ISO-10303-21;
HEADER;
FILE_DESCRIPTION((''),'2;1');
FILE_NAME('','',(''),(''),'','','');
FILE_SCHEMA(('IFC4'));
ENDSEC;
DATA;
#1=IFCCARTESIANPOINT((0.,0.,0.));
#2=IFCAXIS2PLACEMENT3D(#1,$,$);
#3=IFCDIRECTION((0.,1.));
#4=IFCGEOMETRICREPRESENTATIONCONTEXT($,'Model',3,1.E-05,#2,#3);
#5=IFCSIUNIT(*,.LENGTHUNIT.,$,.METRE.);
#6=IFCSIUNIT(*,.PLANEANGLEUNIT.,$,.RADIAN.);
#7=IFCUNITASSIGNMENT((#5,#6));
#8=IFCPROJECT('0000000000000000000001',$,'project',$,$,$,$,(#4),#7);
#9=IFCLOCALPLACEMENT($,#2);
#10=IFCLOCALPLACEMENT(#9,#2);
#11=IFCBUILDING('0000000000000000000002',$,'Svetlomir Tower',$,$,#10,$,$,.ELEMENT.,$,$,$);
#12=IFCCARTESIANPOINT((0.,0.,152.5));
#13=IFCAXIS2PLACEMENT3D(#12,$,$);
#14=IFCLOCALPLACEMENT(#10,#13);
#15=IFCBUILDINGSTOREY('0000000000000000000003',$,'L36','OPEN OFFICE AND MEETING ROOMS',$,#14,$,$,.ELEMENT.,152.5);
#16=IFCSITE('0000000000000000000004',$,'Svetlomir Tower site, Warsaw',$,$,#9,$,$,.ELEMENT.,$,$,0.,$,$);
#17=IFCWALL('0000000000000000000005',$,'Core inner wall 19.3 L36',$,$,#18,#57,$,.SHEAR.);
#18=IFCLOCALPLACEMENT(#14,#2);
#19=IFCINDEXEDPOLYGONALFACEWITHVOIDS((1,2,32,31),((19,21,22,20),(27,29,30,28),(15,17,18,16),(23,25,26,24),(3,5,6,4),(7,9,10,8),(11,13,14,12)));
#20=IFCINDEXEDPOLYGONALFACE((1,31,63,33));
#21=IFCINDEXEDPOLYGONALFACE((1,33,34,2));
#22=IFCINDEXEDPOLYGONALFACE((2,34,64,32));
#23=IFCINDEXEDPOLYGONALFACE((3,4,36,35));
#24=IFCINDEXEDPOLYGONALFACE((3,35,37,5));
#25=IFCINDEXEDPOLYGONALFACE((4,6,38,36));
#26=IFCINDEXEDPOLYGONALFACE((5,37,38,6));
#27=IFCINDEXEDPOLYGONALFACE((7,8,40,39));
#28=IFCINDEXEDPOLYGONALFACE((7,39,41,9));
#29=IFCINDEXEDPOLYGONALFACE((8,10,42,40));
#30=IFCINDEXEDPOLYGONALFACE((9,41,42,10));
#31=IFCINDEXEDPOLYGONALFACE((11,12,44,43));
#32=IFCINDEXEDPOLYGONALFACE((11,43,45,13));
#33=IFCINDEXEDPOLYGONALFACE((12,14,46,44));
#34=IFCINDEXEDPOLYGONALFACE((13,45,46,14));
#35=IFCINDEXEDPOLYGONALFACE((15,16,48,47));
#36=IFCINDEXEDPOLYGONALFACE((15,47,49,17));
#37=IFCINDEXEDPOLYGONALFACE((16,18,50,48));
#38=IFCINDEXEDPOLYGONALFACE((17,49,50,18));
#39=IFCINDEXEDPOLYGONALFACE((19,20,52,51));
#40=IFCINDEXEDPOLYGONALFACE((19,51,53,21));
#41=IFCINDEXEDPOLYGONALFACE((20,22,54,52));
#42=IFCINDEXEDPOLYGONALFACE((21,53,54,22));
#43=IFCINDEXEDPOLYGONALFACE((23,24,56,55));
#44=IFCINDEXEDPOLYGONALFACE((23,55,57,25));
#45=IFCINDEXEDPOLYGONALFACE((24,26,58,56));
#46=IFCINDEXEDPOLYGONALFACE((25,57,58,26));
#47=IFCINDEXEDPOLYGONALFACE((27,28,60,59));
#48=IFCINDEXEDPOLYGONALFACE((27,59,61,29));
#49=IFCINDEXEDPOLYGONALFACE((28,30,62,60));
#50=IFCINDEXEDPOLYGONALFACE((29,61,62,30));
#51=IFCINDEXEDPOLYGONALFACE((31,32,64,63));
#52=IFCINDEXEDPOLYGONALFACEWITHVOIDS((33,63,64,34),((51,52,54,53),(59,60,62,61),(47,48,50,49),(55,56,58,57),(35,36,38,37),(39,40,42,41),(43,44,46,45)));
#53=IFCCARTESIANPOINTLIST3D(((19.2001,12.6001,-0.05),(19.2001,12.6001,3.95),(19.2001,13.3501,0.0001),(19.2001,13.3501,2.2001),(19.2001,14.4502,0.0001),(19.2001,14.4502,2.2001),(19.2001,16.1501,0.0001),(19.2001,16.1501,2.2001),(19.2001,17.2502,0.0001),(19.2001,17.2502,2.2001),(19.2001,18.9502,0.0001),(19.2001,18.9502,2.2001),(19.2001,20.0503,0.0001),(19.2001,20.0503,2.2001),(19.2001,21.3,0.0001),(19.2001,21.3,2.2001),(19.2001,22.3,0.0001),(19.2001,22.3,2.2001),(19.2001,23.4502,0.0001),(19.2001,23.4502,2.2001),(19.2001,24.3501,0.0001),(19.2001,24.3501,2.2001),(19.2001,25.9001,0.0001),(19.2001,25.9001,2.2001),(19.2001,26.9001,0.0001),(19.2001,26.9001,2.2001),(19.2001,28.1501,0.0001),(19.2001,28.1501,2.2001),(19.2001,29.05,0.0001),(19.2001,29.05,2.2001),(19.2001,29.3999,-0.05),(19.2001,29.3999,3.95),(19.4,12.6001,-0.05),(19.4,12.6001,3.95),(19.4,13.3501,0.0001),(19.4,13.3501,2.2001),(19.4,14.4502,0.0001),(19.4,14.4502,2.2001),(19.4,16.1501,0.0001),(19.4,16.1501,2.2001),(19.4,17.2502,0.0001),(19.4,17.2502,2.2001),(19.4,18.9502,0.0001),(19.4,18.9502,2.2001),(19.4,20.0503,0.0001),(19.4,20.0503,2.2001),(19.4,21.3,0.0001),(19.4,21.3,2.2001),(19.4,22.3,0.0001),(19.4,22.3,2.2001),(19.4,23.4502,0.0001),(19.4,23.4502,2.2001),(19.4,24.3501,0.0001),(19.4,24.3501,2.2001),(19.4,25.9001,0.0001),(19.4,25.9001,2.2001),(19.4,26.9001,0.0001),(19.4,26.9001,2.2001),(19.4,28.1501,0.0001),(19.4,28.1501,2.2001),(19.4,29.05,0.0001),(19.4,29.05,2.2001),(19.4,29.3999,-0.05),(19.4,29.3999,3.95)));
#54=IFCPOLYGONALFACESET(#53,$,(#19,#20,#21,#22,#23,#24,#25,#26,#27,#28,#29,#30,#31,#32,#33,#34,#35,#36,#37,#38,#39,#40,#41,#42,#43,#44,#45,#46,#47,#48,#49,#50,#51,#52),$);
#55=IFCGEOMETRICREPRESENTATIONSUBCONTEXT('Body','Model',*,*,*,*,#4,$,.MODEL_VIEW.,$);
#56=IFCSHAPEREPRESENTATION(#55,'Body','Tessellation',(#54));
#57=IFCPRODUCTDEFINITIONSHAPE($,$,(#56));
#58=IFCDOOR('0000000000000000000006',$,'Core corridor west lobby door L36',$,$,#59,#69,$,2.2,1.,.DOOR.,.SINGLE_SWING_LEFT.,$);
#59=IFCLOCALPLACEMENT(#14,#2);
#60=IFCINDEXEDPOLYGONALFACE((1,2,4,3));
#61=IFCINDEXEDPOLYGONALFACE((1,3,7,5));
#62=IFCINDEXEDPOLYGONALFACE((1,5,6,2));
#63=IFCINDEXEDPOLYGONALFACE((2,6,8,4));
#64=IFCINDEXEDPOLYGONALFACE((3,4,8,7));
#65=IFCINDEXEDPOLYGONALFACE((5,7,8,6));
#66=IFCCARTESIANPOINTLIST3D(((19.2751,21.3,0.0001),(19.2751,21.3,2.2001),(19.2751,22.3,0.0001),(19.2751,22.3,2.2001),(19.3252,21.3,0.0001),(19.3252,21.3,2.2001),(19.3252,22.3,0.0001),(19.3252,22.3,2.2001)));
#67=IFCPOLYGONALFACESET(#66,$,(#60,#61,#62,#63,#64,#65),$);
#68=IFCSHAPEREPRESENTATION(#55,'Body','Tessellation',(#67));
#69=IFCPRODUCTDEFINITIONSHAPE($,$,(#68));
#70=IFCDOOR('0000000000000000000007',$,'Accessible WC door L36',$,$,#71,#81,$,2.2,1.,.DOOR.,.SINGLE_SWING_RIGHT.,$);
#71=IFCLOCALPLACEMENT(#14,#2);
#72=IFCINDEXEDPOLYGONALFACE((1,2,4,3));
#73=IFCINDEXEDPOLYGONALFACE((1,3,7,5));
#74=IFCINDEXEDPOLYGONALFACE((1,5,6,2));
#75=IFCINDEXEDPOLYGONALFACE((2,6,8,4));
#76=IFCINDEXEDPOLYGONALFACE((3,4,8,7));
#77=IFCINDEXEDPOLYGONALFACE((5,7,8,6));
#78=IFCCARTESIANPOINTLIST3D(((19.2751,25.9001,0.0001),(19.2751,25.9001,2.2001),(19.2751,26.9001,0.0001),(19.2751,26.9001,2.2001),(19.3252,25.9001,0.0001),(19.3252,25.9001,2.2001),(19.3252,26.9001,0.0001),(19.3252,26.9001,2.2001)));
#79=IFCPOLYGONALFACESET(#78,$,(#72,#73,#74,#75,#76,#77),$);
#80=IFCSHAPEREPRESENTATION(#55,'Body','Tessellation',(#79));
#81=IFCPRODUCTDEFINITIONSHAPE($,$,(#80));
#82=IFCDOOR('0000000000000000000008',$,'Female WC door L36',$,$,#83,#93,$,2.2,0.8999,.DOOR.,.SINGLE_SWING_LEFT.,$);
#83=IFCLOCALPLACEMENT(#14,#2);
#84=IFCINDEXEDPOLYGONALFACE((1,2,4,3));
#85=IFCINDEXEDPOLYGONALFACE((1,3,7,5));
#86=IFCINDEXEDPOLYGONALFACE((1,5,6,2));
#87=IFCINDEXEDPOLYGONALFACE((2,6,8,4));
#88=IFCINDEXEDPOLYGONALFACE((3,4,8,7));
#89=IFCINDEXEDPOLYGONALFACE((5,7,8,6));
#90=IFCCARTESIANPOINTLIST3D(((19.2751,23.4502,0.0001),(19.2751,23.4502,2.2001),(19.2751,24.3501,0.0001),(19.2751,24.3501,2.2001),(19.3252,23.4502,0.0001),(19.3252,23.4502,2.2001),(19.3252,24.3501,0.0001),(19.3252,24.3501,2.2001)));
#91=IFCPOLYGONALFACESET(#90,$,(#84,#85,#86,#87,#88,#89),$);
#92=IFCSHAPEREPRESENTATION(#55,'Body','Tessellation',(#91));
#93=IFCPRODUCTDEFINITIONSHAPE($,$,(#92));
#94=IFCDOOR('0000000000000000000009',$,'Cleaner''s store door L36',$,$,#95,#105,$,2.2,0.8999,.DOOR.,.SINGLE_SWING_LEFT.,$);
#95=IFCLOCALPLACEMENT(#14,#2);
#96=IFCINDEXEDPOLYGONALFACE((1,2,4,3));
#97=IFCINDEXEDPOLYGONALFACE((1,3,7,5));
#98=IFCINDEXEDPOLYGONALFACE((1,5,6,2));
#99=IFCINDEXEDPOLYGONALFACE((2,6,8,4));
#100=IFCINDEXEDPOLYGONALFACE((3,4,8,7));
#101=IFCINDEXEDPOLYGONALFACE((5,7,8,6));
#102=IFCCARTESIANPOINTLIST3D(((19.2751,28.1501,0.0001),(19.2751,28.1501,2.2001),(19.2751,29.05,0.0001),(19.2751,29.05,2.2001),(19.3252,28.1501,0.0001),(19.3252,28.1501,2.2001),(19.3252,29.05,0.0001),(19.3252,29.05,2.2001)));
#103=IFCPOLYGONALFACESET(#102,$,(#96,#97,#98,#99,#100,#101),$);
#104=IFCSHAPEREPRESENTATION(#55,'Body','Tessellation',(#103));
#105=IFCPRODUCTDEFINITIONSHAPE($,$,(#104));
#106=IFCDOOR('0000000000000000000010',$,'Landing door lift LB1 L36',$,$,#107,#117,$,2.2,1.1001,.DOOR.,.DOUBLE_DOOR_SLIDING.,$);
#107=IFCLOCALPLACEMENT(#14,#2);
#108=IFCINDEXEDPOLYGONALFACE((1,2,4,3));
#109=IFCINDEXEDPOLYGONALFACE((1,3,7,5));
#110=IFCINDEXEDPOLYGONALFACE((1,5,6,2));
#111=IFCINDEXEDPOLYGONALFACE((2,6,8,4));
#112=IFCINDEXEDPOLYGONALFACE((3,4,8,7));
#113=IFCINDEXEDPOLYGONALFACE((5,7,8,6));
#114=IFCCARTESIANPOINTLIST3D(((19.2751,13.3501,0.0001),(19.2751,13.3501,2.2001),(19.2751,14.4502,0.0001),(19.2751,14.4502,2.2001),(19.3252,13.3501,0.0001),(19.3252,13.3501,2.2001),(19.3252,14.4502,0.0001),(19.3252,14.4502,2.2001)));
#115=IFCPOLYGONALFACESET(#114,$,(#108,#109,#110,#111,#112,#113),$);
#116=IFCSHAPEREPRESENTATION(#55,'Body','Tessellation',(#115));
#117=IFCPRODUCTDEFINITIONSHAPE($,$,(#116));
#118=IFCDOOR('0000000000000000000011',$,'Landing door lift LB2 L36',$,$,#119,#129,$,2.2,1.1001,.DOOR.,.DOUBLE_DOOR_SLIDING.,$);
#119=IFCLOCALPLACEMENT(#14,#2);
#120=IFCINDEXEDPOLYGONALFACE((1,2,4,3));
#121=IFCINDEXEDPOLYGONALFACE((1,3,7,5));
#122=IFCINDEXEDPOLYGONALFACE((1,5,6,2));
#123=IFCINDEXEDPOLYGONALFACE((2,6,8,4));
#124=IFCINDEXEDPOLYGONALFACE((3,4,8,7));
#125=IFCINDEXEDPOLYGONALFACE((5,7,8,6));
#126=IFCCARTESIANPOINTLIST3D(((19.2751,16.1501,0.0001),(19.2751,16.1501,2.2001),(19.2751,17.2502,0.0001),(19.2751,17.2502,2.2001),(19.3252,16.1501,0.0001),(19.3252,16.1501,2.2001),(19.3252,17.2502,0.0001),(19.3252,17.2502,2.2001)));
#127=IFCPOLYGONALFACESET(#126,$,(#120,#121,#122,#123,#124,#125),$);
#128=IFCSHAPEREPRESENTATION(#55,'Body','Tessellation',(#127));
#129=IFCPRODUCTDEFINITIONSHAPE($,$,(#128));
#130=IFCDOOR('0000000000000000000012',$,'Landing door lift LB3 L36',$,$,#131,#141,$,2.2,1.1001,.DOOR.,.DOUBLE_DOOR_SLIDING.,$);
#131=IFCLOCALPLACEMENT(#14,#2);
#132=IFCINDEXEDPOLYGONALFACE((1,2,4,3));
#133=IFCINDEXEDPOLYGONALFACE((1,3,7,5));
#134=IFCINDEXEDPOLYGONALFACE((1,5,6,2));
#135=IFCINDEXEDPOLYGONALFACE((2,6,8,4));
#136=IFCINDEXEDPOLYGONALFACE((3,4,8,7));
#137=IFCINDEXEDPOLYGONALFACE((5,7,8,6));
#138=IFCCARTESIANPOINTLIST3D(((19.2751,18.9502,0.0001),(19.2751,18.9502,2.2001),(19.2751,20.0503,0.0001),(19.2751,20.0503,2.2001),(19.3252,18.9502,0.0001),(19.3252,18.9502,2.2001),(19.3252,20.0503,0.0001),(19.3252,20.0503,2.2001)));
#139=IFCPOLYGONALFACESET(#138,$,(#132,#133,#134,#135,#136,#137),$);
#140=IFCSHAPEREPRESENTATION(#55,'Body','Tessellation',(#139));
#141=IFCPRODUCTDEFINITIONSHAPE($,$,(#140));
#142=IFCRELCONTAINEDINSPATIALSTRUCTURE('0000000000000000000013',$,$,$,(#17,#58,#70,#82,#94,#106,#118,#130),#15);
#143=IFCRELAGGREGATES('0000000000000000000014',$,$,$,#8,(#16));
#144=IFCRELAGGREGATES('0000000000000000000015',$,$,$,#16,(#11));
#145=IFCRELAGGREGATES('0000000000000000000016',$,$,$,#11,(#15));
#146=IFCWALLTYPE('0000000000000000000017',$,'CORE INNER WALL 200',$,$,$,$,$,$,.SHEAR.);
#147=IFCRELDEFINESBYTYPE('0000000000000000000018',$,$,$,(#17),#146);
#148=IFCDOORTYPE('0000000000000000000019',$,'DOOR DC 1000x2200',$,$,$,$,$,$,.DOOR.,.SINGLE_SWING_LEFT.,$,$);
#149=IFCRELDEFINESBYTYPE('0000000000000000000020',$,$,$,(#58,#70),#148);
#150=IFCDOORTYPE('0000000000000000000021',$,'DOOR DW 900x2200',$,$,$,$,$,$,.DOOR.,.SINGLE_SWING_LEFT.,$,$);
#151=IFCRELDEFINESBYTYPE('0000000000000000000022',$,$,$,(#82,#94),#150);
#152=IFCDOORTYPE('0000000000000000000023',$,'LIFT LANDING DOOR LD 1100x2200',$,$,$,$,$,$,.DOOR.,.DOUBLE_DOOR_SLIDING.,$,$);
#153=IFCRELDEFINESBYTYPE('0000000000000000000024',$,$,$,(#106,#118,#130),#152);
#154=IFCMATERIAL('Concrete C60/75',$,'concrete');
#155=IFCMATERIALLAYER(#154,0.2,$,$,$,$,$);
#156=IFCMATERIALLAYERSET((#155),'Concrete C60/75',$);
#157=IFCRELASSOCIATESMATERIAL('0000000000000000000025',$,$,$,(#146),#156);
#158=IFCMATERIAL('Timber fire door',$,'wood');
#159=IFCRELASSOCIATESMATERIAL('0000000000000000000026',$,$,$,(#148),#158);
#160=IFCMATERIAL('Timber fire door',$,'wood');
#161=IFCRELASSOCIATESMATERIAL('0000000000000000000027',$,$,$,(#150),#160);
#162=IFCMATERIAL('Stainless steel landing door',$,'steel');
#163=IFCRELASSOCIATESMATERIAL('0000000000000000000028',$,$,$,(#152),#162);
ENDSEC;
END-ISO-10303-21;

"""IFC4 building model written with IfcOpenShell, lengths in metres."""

from ifc_helpers import new_model, si_unit, direction, frame, frame_2d, origin, place, context, subcontext, project, spatial, rectangle, extrude, material, layer, layer_set, type_object, element, fill, save


model = new_model("IFC4")

# Units and contexts
model_context = context("Model", 3, precision=1e-05, world=origin(), true_north=direction((0.0, 1.0)))
body_context = subcontext(model_context, "Body", "Model", "MODEL_VIEW")
ifc_project = project(units=[si_unit("LENGTHUNIT", "METRE"), si_unit("PLANEANGLEUNIT", "RADIAN")], contexts=[model_context])

# Site, building, storey
site_placement = place(None, origin())
site = spatial("IfcSite", under=ifc_project, at=site_placement, Name="Svetlomir Tower site, Warsaw", CompositionType="ELEMENT", RefElevation=0.0)
building_placement = place(site_placement, origin())
building = spatial("IfcBuilding", under=site, at=building_placement, Name="Svetlomir Tower", CompositionType="ELEMENT")
storey_placement = place(building_placement, frame((0.0, 0.0, 152.5)))
storey = spatial("IfcBuildingStorey", under=building, at=storey_placement, Name="L36", Description="OPEN OFFICE AND MEETING ROOMS", CompositionType="ELEMENT", Elevation=152.5)

# Shared definitions
ifc_material_1 = material(Name="Concrete C60/75", Category="concrete")
ifc_layer_1 = layer(ifc_material_1, 0.2)
ifc_layer_set_1 = layer_set([ifc_layer_1], Name="Concrete C60/75")
wall_type_1 = type_object("IfcWallType", Name="CORE INNER WALL 200", PredefinedType="SHEAR", material=ifc_layer_set_1)

# Wall, openings, doors
wall_1_placement = place(storey_placement, frame((19.3, 12.6001, -0.05), z_axis=(0.0, 0.0, 1.0), x_axis=(0.0, 1.0, 0.0)))
wall_1 = element("IfcWall", 1, at=wall_1_placement, inside=storey, type_object=wall_type_1, Name="Core inner wall 19.3 L36", PredefinedType="SHEAR", context=body_context, shape_type="SweptSolid", body=[
    extrude(rectangle(XDim=16.7998, YDim=0.2, at=frame_2d((8.3999, 0.0))), origin(), (0.0, 0.0, 1.0), 4.0),
])
opening_1_placement = place(wall_1_placement, frame((8.7, 0.0, 0.05)))
opening_1 = element("IfcOpeningElement", 2, at=opening_1_placement, cuts=wall_1, PredefinedType="OPENING", context=body_context, shape_type="SweptSolid", body=[
    extrude(rectangle(XDim=1.0, YDim=2.2, at=frame_2d((0.5, 1.1001))), frame((0.0, 0.1099, 0.0), z_axis=(0.0, -1.0, 0.0), x_axis=(1.0, 0.0, 0.0)), (0.0, 0.0, 1.0), 0.22),
])
opening_2_placement = place(wall_1_placement, frame((10.8501, 0.0, 0.05)))
opening_2 = element("IfcOpeningElement", 3, at=opening_2_placement, cuts=wall_1, PredefinedType="OPENING", context=body_context, shape_type="SweptSolid", body=[
    extrude(rectangle(XDim=0.8999, YDim=2.2, at=frame_2d((0.45, 1.1001))), frame((0.0, 0.1099, 0.0), z_axis=(0.0, -1.0, 0.0), x_axis=(1.0, 0.0, 0.0)), (0.0, 0.0, 1.0), 0.22),
])
opening_3_placement = place(wall_1_placement, frame((13.3, 0.0, 0.05)))
opening_3 = element("IfcOpeningElement", 4, at=opening_3_placement, cuts=wall_1, PredefinedType="OPENING", context=body_context, shape_type="SweptSolid", body=[
    extrude(rectangle(XDim=1.0, YDim=2.2, at=frame_2d((0.5, 1.1001))), frame((0.0, 0.1099, 0.0), z_axis=(0.0, -1.0, 0.0), x_axis=(1.0, 0.0, 0.0)), (0.0, 0.0, 1.0), 0.22),
])
opening_4_placement = place(wall_1_placement, frame((15.55, 0.0, 0.05)))
opening_4 = element("IfcOpeningElement", 5, at=opening_4_placement, cuts=wall_1, PredefinedType="OPENING", context=body_context, shape_type="SweptSolid", body=[
    extrude(rectangle(XDim=0.8999, YDim=2.2, at=frame_2d((0.45, 1.1001))), frame((0.0, 0.1099, 0.0), z_axis=(0.0, -1.0, 0.0), x_axis=(1.0, 0.0, 0.0)), (0.0, 0.0, 1.0), 0.22),
])
opening_5_placement = place(wall_1_placement, frame((0.75, 0.0, 0.05)))
opening_5 = element("IfcOpeningElement", 6, at=opening_5_placement, cuts=wall_1, PredefinedType="OPENING", context=body_context, shape_type="SweptSolid", body=[
    extrude(rectangle(XDim=1.1001, YDim=2.2, at=frame_2d((0.55, 1.1001))), frame((0.0, 0.1099, 0.0), z_axis=(0.0, -1.0, 0.0), x_axis=(1.0, 0.0, 0.0)), (0.0, 0.0, 1.0), 0.22),
])
opening_6_placement = place(wall_1_placement, frame((3.55, 0.0, 0.05)))
opening_6 = element("IfcOpeningElement", 7, at=opening_6_placement, cuts=wall_1, PredefinedType="OPENING", context=body_context, shape_type="SweptSolid", body=[
    extrude(rectangle(XDim=1.1001, YDim=2.2, at=frame_2d((0.55, 1.1001))), frame((0.0, 0.1099, 0.0), z_axis=(0.0, -1.0, 0.0), x_axis=(1.0, 0.0, 0.0)), (0.0, 0.0, 1.0), 0.22),
])
opening_7_placement = place(wall_1_placement, frame((6.3501, 0.0, 0.05)))
opening_7 = element("IfcOpeningElement", 8, at=opening_7_placement, cuts=wall_1, PredefinedType="OPENING", context=body_context, shape_type="SweptSolid", body=[
    extrude(rectangle(XDim=1.1001, YDim=2.2, at=frame_2d((0.55, 1.1001))), frame((0.0, 0.1099, 0.0), z_axis=(0.0, -1.0, 0.0), x_axis=(1.0, 0.0, 0.0)), (0.0, 0.0, 1.0), 0.22),
])
ifc_material_2 = material(Name="Timber fire door", Category="wood")
door_type_1 = type_object("IfcDoorType", Name="DOOR DC 1000x2200", OperationType="SINGLE_SWING_LEFT", PredefinedType="DOOR", material=ifc_material_2)
door_1_placement = place(opening_1_placement, origin())
door_1 = element("IfcDoor", 9, at=door_1_placement, inside=storey, type_object=door_type_1, Name="Core corridor west lobby door L36", OperationType="SINGLE_SWING_LEFT", OverallHeight=2.2, OverallWidth=1.0, PredefinedType="DOOR", context=body_context, shape_type="SweptSolid", body=[
    extrude(rectangle(XDim=1.0, YDim=2.2, at=frame_2d((0.5, 1.1001))), frame((0.0, 0.0249, 0.0), z_axis=(0.0, -1.0, 0.0), x_axis=(1.0, 0.0, 0.0)), (0.0, 0.0, 1.0), 0.05),
])
fill(opening_1, door_1)
door_2_placement = place(opening_3_placement, origin())
door_2 = element("IfcDoor", 10, at=door_2_placement, inside=storey, type_object=door_type_1, Name="Accessible WC door L36", OperationType="SINGLE_SWING_RIGHT", OverallHeight=2.2, OverallWidth=1.0, PredefinedType="DOOR", context=body_context, shape_type="SweptSolid", body=[
    extrude(rectangle(XDim=1.0, YDim=2.2, at=frame_2d((0.5, 1.1001))), frame((0.0, 0.0249, 0.0), z_axis=(0.0, -1.0, 0.0), x_axis=(1.0, 0.0, 0.0)), (0.0, 0.0, 1.0), 0.05),
])
fill(opening_3, door_2)
ifc_material_3 = material(Name="Timber fire door", Category="wood")
door_type_2 = type_object("IfcDoorType", Name="DOOR DW 900x2200", OperationType="SINGLE_SWING_LEFT", PredefinedType="DOOR", material=ifc_material_3)
door_3_placement = place(opening_2_placement, origin())
door_3 = element("IfcDoor", 11, at=door_3_placement, inside=storey, type_object=door_type_2, Name="Female WC door L36", OperationType="SINGLE_SWING_LEFT", OverallHeight=2.2, OverallWidth=0.8999, PredefinedType="DOOR", context=body_context, shape_type="SweptSolid", body=[
    extrude(rectangle(XDim=0.8999, YDim=2.2, at=frame_2d((0.45, 1.1001))), frame((0.0, 0.0249, 0.0), z_axis=(0.0, -1.0, 0.0), x_axis=(1.0, 0.0, 0.0)), (0.0, 0.0, 1.0), 0.05),
])
fill(opening_2, door_3)
door_4_placement = place(opening_4_placement, origin())
door_4 = element("IfcDoor", 12, at=door_4_placement, inside=storey, type_object=door_type_2, Name="Cleaner's store door L36", OperationType="SINGLE_SWING_LEFT", OverallHeight=2.2, OverallWidth=0.8999, PredefinedType="DOOR", context=body_context, shape_type="SweptSolid", body=[
    extrude(rectangle(XDim=0.8999, YDim=2.2, at=frame_2d((0.45, 1.1001))), frame((0.0, 0.0249, 0.0), z_axis=(0.0, -1.0, 0.0), x_axis=(1.0, 0.0, 0.0)), (0.0, 0.0, 1.0), 0.05),
])
fill(opening_4, door_4)
ifc_material_4 = material(Name="Stainless steel landing door", Category="steel")
door_type_3 = type_object("IfcDoorType", Name="LIFT LANDING DOOR LD 1100x2200", OperationType="DOUBLE_DOOR_SLIDING", PredefinedType="DOOR", material=ifc_material_4)
door_5_placement = place(opening_5_placement, origin())
door_5 = element("IfcDoor", 13, at=door_5_placement, inside=storey, type_object=door_type_3, Name="Landing door lift LB1 L36", OperationType="DOUBLE_DOOR_SLIDING", OverallHeight=2.2, OverallWidth=1.1001, PredefinedType="DOOR", context=body_context, shape_type="SweptSolid", body=[
    extrude(rectangle(XDim=1.1001, YDim=2.2, at=frame_2d((0.55, 1.1001))), frame((0.0, 0.0249, 0.0), z_axis=(0.0, -1.0, 0.0), x_axis=(1.0, 0.0, 0.0)), (0.0, 0.0, 1.0), 0.05),
])
fill(opening_5, door_5)
door_6_placement = place(opening_6_placement, origin())
door_6 = element("IfcDoor", 14, at=door_6_placement, inside=storey, type_object=door_type_3, Name="Landing door lift LB2 L36", OperationType="DOUBLE_DOOR_SLIDING", OverallHeight=2.2, OverallWidth=1.1001, PredefinedType="DOOR", context=body_context, shape_type="SweptSolid", body=[
    extrude(rectangle(XDim=1.1001, YDim=2.2, at=frame_2d((0.55, 1.1001))), frame((0.0, 0.0249, 0.0), z_axis=(0.0, -1.0, 0.0), x_axis=(1.0, 0.0, 0.0)), (0.0, 0.0, 1.0), 0.05),
])
fill(opening_6, door_6)
door_7_placement = place(opening_7_placement, origin())
door_7 = element("IfcDoor", 15, at=door_7_placement, inside=storey, type_object=door_type_3, Name="Landing door lift LB3 L36", OperationType="DOUBLE_DOOR_SLIDING", OverallHeight=2.2, OverallWidth=1.1001, PredefinedType="DOOR", context=body_context, shape_type="SweptSolid", body=[
    extrude(rectangle(XDim=1.1001, YDim=2.2, at=frame_2d((0.55, 1.1001))), frame((0.0, 0.0249, 0.0), z_axis=(0.0, -1.0, 0.0), x_axis=(1.0, 0.0, 0.0)), (0.0, 0.0, 1.0), 0.05),
])
fill(opening_7, door_7)

save(model, "model.ifc")
